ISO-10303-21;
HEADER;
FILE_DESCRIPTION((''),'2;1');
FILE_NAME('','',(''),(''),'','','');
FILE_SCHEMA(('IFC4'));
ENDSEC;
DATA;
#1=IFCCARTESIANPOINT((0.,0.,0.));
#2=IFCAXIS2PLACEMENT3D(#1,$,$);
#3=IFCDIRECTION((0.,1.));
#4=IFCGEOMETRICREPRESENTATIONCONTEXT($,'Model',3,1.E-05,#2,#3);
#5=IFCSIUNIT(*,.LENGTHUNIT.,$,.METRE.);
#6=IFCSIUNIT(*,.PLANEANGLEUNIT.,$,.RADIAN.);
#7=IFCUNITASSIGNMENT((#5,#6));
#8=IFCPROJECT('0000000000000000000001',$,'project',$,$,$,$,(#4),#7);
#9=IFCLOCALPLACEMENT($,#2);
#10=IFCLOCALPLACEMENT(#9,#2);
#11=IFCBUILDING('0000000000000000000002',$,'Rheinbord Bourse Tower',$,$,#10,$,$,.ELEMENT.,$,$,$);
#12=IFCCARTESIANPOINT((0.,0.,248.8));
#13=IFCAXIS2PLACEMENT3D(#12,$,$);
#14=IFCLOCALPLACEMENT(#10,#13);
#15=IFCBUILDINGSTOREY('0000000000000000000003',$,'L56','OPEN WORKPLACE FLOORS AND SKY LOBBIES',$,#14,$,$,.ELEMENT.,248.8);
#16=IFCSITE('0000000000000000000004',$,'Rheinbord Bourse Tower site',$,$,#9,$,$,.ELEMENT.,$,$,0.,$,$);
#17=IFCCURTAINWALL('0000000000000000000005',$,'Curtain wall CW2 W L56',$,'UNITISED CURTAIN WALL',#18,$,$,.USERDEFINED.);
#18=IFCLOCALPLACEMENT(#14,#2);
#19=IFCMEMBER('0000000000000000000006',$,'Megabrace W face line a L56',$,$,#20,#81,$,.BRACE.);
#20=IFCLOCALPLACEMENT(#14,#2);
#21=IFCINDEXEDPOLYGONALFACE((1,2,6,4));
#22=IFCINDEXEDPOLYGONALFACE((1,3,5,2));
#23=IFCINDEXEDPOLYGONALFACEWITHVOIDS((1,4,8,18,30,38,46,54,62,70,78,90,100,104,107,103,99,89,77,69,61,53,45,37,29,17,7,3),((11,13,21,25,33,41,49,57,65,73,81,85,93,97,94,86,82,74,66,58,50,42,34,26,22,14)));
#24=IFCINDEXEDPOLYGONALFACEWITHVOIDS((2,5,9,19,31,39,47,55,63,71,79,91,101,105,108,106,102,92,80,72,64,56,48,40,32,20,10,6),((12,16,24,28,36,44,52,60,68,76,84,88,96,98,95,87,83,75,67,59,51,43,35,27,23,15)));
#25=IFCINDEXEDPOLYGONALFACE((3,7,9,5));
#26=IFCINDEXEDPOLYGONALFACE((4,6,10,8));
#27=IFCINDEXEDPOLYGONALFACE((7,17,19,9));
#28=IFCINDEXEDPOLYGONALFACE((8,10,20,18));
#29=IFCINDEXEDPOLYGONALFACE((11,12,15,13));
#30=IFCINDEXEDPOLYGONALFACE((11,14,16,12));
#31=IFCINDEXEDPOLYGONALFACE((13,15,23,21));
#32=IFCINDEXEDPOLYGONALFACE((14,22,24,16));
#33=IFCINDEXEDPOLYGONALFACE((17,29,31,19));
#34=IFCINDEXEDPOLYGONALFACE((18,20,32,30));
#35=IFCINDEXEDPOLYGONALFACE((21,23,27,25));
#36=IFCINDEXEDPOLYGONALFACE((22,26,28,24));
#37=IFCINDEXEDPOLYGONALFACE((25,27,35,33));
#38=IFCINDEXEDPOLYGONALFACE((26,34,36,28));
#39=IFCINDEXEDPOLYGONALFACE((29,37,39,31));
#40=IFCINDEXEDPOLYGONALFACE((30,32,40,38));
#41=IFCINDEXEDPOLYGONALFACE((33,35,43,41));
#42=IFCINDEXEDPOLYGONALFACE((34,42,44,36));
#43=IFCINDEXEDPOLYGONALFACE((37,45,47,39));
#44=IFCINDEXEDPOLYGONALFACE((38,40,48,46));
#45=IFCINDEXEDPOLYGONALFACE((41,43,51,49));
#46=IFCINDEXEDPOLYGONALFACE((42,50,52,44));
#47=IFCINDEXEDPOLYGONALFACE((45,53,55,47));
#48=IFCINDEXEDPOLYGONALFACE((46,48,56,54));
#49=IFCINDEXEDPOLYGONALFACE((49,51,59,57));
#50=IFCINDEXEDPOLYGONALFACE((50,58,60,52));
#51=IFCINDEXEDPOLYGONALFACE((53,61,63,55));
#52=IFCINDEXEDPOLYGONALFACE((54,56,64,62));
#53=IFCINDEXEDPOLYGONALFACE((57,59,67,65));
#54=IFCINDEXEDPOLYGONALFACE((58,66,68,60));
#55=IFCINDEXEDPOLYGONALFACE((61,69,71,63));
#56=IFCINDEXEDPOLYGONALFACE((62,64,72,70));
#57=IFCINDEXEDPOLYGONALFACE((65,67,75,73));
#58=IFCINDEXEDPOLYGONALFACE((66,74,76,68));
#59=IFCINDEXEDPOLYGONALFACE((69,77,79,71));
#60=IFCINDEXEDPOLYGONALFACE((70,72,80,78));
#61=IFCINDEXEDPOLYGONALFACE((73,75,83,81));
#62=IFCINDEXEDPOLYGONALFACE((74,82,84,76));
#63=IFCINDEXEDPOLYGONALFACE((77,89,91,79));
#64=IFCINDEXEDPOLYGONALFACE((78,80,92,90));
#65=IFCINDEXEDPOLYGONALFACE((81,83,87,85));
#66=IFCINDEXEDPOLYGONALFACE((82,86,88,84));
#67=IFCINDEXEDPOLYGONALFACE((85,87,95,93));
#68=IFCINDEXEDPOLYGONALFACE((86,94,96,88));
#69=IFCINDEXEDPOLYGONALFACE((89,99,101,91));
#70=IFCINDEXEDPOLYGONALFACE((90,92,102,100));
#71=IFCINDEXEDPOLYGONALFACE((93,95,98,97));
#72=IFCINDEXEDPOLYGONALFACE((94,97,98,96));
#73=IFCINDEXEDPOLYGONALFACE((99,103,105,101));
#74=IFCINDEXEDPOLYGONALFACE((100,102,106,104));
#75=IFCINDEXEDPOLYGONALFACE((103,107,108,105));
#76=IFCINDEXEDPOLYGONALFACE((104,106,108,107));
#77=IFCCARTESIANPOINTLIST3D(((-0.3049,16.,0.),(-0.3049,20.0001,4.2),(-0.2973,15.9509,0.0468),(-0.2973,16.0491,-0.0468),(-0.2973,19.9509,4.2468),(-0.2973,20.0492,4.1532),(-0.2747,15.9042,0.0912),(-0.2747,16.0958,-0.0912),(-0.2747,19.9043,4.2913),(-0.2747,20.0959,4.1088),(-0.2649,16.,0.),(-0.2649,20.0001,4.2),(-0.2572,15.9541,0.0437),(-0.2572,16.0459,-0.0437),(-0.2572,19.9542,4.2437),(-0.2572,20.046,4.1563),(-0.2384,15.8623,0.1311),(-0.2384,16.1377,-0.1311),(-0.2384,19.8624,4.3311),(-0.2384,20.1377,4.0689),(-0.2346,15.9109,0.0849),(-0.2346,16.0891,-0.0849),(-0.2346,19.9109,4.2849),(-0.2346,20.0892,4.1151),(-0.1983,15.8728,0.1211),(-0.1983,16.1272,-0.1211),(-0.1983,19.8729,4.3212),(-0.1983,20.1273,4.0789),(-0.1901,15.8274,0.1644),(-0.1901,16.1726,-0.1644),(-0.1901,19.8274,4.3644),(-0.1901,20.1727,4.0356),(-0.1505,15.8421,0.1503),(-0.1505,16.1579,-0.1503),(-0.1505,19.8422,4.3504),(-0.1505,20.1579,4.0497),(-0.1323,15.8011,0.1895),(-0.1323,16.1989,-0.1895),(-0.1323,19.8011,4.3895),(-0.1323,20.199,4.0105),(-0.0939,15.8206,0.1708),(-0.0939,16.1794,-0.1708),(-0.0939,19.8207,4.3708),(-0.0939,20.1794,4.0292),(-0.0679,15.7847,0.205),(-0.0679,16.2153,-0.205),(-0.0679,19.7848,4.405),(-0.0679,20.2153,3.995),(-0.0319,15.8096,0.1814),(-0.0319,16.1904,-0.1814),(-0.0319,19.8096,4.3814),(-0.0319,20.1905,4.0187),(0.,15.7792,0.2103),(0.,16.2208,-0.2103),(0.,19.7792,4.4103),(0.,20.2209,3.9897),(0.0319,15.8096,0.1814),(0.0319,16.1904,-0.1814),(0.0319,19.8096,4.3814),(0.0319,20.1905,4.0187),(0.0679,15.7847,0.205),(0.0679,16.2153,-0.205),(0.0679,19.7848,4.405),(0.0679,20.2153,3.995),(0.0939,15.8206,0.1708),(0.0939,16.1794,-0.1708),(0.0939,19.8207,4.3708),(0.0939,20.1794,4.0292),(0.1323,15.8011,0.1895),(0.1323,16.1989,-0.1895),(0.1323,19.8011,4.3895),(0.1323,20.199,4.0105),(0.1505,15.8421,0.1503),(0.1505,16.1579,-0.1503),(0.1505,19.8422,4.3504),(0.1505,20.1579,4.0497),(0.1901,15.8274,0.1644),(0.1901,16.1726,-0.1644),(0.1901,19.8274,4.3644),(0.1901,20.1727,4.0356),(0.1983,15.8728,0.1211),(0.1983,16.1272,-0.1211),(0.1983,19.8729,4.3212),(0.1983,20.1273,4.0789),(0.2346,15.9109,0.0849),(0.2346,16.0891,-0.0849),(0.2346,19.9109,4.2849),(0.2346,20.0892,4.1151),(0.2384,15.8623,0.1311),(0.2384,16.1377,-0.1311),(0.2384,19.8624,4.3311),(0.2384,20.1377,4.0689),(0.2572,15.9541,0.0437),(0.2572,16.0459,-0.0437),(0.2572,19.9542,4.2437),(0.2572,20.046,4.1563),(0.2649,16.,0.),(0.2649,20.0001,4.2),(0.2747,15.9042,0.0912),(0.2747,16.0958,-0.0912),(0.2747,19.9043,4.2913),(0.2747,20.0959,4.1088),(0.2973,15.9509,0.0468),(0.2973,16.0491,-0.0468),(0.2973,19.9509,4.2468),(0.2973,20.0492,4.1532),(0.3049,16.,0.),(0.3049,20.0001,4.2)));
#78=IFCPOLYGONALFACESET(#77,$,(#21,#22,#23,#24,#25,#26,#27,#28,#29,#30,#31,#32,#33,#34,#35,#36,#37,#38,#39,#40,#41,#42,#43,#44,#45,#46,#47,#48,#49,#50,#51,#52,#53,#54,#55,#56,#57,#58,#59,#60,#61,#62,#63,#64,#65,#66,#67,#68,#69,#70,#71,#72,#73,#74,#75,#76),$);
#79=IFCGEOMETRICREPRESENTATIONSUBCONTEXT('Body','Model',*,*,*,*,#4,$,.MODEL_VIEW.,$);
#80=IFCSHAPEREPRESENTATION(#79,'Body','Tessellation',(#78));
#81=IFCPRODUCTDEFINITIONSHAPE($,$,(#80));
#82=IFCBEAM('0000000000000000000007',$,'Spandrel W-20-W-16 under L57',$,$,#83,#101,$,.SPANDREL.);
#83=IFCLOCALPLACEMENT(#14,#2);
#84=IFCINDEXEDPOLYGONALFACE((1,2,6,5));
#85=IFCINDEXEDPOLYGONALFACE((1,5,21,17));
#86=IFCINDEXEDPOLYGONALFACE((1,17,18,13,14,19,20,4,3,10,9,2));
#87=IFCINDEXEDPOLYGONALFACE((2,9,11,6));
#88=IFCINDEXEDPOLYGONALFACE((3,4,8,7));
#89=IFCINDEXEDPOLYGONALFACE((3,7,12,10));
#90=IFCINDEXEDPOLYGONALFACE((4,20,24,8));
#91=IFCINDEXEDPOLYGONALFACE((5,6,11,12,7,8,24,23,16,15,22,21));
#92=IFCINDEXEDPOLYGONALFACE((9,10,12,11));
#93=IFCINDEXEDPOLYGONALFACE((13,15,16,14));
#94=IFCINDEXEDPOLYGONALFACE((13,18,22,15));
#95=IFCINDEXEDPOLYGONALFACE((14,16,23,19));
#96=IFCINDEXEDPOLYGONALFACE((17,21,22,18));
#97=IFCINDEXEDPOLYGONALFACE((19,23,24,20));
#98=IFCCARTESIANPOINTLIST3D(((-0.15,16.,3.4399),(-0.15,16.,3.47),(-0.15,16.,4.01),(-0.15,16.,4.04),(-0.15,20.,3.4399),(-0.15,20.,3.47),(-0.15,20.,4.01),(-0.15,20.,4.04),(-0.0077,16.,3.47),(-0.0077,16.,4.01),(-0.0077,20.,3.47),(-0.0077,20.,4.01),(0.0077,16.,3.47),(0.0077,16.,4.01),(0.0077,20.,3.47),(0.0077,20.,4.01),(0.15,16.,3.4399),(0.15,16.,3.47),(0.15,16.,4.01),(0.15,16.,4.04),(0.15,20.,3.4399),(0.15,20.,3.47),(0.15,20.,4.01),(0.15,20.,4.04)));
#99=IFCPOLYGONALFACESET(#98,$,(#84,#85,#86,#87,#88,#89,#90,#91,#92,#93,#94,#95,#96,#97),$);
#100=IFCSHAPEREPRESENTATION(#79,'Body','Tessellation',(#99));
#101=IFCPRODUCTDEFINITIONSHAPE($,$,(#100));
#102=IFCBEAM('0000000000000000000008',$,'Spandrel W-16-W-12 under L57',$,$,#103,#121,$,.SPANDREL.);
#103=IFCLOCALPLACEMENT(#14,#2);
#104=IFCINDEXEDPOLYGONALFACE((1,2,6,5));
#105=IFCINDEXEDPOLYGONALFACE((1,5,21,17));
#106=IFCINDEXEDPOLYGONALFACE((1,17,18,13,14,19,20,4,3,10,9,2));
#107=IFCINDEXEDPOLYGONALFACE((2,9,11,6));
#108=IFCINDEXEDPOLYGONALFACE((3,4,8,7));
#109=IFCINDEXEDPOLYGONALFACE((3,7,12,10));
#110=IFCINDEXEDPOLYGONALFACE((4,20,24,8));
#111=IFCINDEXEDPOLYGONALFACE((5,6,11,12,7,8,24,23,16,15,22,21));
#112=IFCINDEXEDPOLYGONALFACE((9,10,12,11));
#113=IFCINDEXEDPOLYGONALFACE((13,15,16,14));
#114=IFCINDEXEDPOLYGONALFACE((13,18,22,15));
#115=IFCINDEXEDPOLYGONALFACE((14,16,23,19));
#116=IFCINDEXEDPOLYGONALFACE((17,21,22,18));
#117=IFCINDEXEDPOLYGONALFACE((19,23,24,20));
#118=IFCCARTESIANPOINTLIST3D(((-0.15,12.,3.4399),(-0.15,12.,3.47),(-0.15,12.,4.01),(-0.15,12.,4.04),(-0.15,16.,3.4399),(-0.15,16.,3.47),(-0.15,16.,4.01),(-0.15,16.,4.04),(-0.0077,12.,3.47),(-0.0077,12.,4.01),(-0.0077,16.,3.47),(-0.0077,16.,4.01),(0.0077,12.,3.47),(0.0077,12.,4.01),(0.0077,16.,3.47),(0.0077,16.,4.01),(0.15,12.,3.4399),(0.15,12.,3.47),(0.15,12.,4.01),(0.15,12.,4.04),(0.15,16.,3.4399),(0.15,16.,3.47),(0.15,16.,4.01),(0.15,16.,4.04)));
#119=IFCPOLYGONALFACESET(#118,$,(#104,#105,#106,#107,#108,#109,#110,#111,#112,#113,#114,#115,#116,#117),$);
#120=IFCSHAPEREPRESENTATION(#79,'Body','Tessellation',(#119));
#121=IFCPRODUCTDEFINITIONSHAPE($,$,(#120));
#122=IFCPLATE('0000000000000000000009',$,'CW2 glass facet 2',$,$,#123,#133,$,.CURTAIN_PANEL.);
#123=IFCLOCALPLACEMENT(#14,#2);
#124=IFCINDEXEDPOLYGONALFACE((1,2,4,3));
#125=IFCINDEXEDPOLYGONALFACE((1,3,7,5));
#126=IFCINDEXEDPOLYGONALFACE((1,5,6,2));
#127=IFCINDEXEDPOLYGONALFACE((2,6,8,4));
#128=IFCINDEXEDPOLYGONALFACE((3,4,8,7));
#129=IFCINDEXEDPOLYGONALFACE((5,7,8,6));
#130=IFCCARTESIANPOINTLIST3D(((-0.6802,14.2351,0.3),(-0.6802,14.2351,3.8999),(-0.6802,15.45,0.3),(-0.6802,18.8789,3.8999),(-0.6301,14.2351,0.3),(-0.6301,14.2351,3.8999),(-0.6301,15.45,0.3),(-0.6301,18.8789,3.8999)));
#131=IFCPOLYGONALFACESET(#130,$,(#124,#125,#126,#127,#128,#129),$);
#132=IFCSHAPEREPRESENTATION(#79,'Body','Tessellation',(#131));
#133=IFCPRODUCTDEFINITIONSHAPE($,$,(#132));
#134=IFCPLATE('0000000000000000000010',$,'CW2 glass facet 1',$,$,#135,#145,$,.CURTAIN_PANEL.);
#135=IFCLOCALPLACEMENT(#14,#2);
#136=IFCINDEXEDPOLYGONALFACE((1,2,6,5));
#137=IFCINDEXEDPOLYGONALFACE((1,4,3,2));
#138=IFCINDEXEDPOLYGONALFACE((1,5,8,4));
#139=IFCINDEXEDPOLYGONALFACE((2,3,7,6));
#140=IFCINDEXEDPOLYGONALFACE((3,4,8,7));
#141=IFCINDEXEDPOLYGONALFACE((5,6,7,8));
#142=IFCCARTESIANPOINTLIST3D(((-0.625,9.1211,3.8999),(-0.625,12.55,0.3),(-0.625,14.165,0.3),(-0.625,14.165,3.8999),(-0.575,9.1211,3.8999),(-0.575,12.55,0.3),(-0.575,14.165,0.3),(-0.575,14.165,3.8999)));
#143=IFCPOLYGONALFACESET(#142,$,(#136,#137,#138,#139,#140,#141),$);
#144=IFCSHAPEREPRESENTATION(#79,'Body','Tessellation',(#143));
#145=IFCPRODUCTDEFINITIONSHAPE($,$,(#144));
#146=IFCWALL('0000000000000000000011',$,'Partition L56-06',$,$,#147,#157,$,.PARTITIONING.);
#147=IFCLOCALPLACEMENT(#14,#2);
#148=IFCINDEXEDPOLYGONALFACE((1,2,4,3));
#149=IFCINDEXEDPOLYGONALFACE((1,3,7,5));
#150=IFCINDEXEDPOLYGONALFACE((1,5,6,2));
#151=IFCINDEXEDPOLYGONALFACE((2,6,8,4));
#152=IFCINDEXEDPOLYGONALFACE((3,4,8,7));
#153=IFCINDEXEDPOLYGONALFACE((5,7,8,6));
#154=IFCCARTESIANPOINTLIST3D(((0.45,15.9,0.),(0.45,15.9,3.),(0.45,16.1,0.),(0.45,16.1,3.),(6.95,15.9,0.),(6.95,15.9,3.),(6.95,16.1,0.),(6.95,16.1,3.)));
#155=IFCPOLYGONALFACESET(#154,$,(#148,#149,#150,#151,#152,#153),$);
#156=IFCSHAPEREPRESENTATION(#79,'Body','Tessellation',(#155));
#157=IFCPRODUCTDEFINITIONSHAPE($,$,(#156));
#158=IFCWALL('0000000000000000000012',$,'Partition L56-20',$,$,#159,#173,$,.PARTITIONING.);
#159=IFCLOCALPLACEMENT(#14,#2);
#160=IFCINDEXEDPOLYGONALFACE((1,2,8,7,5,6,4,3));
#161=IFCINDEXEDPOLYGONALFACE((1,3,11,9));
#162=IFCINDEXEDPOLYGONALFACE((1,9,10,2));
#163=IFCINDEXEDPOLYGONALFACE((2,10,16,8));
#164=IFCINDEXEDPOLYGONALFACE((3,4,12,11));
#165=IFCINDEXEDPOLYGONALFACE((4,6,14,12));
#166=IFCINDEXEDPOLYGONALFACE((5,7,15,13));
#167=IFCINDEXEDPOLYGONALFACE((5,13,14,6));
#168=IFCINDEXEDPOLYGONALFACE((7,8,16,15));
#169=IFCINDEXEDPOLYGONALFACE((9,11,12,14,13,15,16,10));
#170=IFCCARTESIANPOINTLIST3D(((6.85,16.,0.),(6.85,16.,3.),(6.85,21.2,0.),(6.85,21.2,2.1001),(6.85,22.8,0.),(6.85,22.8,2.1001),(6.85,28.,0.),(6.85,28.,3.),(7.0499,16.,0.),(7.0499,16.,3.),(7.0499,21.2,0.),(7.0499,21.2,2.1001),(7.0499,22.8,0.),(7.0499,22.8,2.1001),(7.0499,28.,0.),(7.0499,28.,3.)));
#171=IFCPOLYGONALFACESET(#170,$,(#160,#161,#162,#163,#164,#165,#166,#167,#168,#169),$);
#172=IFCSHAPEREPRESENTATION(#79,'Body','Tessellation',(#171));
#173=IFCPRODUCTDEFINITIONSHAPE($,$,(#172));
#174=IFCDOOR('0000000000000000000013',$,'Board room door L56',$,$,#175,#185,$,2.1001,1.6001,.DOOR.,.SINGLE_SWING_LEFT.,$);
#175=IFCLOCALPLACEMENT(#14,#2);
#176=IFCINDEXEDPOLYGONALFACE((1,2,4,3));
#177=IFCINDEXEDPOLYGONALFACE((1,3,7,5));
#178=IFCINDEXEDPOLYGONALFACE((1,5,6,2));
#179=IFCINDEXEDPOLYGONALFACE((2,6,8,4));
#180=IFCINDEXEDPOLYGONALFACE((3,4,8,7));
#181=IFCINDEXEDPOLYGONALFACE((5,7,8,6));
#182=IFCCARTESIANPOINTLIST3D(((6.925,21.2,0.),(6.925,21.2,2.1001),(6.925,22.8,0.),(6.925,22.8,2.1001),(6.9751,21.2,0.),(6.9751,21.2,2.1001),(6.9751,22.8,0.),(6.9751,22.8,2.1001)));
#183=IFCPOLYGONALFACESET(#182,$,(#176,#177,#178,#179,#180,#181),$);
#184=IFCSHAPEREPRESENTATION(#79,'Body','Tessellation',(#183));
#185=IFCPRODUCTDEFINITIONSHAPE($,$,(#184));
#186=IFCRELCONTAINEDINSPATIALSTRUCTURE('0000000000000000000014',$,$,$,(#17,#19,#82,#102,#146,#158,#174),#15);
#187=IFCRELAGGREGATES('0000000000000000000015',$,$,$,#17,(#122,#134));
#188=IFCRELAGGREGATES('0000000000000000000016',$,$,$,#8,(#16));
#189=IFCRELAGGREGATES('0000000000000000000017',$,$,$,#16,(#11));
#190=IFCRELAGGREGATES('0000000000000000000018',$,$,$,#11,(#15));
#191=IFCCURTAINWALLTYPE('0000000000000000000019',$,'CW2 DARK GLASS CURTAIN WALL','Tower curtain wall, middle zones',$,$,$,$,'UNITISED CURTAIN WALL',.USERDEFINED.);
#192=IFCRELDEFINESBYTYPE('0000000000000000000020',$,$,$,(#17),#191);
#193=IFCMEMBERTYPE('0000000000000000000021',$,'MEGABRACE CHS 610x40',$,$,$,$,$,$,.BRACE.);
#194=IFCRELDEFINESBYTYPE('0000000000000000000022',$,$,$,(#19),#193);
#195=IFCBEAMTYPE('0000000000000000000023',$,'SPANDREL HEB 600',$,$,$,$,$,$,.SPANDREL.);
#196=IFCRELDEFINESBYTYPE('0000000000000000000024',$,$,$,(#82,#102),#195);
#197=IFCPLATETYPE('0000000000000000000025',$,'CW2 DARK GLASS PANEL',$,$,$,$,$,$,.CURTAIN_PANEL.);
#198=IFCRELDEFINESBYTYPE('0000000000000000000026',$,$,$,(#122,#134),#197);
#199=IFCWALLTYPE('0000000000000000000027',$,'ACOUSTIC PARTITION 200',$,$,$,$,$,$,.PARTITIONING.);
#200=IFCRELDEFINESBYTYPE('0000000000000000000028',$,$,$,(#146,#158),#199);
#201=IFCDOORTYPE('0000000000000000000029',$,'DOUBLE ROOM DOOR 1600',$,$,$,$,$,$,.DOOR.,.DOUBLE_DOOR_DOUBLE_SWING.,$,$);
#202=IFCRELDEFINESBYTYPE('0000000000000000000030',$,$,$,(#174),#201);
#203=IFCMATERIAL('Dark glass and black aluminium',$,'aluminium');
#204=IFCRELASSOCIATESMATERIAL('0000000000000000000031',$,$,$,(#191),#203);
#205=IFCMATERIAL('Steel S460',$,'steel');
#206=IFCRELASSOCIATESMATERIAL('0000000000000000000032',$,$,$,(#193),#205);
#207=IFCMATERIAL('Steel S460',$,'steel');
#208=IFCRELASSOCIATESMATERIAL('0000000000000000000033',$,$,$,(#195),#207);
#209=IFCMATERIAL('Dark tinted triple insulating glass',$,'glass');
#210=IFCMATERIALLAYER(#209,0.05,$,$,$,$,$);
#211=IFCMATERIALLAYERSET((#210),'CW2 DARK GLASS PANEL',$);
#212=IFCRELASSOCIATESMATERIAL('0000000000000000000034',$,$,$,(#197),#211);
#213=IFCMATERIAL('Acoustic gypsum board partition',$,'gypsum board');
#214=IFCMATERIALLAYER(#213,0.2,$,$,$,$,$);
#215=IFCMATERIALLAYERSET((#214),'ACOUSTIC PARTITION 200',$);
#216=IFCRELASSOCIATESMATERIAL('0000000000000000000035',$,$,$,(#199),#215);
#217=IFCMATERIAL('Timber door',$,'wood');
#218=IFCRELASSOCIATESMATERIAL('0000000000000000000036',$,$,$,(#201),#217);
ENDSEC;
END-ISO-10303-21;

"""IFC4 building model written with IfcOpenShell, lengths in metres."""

from ifc_helpers import new_model, si_unit, direction, frame, frame_2d, origin, origin_2d, place, context, subcontext, project, spatial, polyline, rectangle, hollow_circle, i_section, outline, extrude, material, layer, layer_set, material_profile, profile_set, type_object, element, fill, aggregate, save


model = new_model("IFC4")

# Units and contexts
model_context = context("Model", 3, precision=1e-05, world=origin(), true_north=direction((0.0, 1.0)))
body_context = subcontext(model_context, "Body", "Model", "MODEL_VIEW")
ifc_project = project(units=[si_unit("LENGTHUNIT", "METRE"), si_unit("PLANEANGLEUNIT", "RADIAN")], contexts=[model_context])

# Site, building, storey
site_placement = place(None, origin())
site = spatial("IfcSite", under=ifc_project, at=site_placement, Name="Rheinbord Bourse Tower site", CompositionType="ELEMENT", RefElevation=0.0)
building_placement = place(site_placement, origin())
building = spatial("IfcBuilding", under=site, at=building_placement, Name="Rheinbord Bourse Tower", CompositionType="ELEMENT")
storey_placement = place(building_placement, frame((0.0, 0.0, 248.8)))
storey = spatial("IfcBuildingStorey", under=building, at=storey_placement, Name="L56", Description="OPEN WORKPLACE FLOORS AND SKY LOBBIES", CompositionType="ELEMENT", Elevation=248.8)

# Curtain wall
ifc_material_1 = material(Name="Dark glass and black aluminium", Category="aluminium")
curtain_wall_type = type_object("IfcCurtainWallType", Name="CW2 DARK GLASS CURTAIN WALL", Description="Tower curtain wall, middle zones", ElementType="UNITISED CURTAIN WALL", PredefinedType="USERDEFINED", material=ifc_material_1)
curtain_wall_placement = place(storey_placement, origin())
curtain_wall = element("IfcCurtainWall", 1, at=curtain_wall_placement, inside=storey, type_object=curtain_wall_type, Name="Curtain wall CW2 W L56", ObjectType="UNITISED CURTAIN WALL", PredefinedType="USERDEFINED")

# Member
ifc_material_2 = material(Name="Steel S460", Category="steel")
ifc_material_profile_1 = material_profile(ifc_material_2, hollow_circle(Radius=0.3049, WallThickness=0.04, at=origin_2d()), Name="CHS 610x40")
ifc_profile_set_1 = profile_set([ifc_material_profile_1], Name="Steel S460")
member_type_1 = type_object("IfcMemberType", Name="MEGABRACE CHS 610x40", PredefinedType="BRACE", material=ifc_profile_set_1)
member_1_placement = place(storey_placement, frame((0.0, 16.0, 0.0), z_axis=(0.0, 0.689659, 0.724134), x_axis=(-1.0, 0.0, 0.0)))
element("IfcMember", 2, at=member_1_placement, inside=storey, type_object=member_type_1, Name="Megabrace W face line a L56", PredefinedType="BRACE", context=body_context, shape_type="SweptSolid", body=[
    extrude(hollow_circle(Radius=0.3049, WallThickness=0.04, at=origin_2d()), origin(), (0.0, 0.0, 1.0), 5.8),
])

# Beams
ifc_material_3 = material(Name="Steel S460", Category="steel")
ifc_material_profile_2 = material_profile(ifc_material_3, i_section(OverallWidth=0.3, OverallDepth=0.6001, WebThickness=0.0154, FlangeThickness=0.03, at=origin_2d()), Name="HEB 600")
ifc_profile_set_2 = profile_set([ifc_material_profile_2], Name="Steel S460")
beam_type_1 = type_object("IfcBeamType", Name="SPANDREL HEB 600", PredefinedType="SPANDREL", material=ifc_profile_set_2)
for number, where, z_axis, x_axis, name in (
    (3, (0.0, 20.0, 3.74), (0.0, -1.0, 0.0), (1.0, 0.0, 0.0), "Spandrel W-20-W-16 under L57"),
    (4, (0.0, 16.0, 3.74), (0.0, -1.0, 0.0), (1.0, 0.0, 0.0), "Spandrel W-16-W-12 under L57"),
):
    element("IfcBeam", number, at=place(storey_placement, frame(where, z_axis=z_axis, x_axis=x_axis)), inside=storey, type_object=beam_type_1, Name=name, PredefinedType="SPANDREL", context=body_context, shape_type="SweptSolid", body=[
        extrude(i_section(OverallWidth=0.3, OverallDepth=0.6001, WebThickness=0.0154, FlangeThickness=0.03, at=origin_2d()), origin(), (0.0, 0.0, 1.0), 4.0),
    ])

# Plates
ifc_material_4 = material(Name="Dark tinted triple insulating glass", Category="glass")
ifc_layer_1 = layer(ifc_material_4, 0.05)
ifc_layer_set_1 = layer_set([ifc_layer_1], Name="CW2 DARK GLASS PANEL")
plate_type = type_object("IfcPlateType", Name="CW2 DARK GLASS PANEL", PredefinedType="CURTAIN_PANEL", material=ifc_layer_set_1)
plate_1_placement = place(storey_placement, frame((-0.6802, 14.2351, 3.8999), z_axis=(1.0, 0.0, 0.0), x_axis=(0.0, 0.0, -1.0)))
plate_1 = element("IfcPlate", 5, at=plate_1_placement, type_object=plate_type, Name="CW2 glass facet 2", PredefinedType="CURTAIN_PANEL", context=body_context, shape_type="SweptSolid", body=[
    extrude(outline(polyline([(0.0, 0.0), (3.5999, 0.0), (3.5999, 1.2148), (0.0, 4.6438), (0.0, 0.0)])), origin(), (0.0, 0.0, 1.0), 0.05),
])
plate_2_placement = place(storey_placement, frame((-0.625, 14.165, 0.3), z_axis=(1.0, 0.0, 0.0), x_axis=(0.0, 0.0, 1.0)))
plate_2 = element("IfcPlate", 6, at=plate_2_placement, type_object=plate_type, Name="CW2 glass facet 1", PredefinedType="CURTAIN_PANEL", context=body_context, shape_type="SweptSolid", body=[
    extrude(outline(polyline([(0.0, 0.0), (3.5999, 0.0), (3.5999, 5.0439), (0.0, 1.615), (0.0, 0.0)])), origin(), (0.0, 0.0, 1.0), 0.05),
])
aggregate(curtain_wall, [plate_1, plate_2])

# Wall
ifc_material_5 = material(Name="Acoustic gypsum board partition", Category="gypsum board")
ifc_layer_2 = layer(ifc_material_5, 0.2)
ifc_layer_set_2 = layer_set([ifc_layer_2], Name="ACOUSTIC PARTITION 200")
wall_type = type_object("IfcWallType", Name="ACOUSTIC PARTITION 200", PredefinedType="PARTITIONING", material=ifc_layer_set_2)
wall_1_placement = place(storey_placement, frame((0.45, 16.0, 0.0), z_axis=(0.0, 0.0, 1.0), x_axis=(1.0, 0.0, 0.0)))
element("IfcWall", 7, at=wall_1_placement, inside=storey, type_object=wall_type, Name="Partition L56-06", PredefinedType="PARTITIONING", context=body_context, shape_type="SweptSolid", body=[
    extrude(rectangle(XDim=6.5, YDim=0.2, at=frame_2d((3.25, 0.0))), origin(), (0.0, 0.0, 1.0), 3.0),
])

# Wall, opening, door
wall_2_placement = place(storey_placement, frame((6.95, 16.0, 0.0), z_axis=(0.0, 0.0, 1.0), x_axis=(0.0, 1.0, 0.0)))
wall_2 = element("IfcWall", 8, at=wall_2_placement, inside=storey, type_object=wall_type, Name="Partition L56-20", PredefinedType="PARTITIONING", context=body_context, shape_type="SweptSolid", body=[
    extrude(rectangle(XDim=12.0, YDim=0.2, at=frame_2d((6.0, 0.0))), origin(), (0.0, 0.0, 1.0), 3.0),
])
opening_placement = place(wall_2_placement, frame((5.2, 0.0, 0.0)))
opening = element("IfcOpeningElement", 9, at=opening_placement, cuts=wall_2, PredefinedType="OPENING", context=body_context, shape_type="SweptSolid", body=[
    extrude(rectangle(XDim=1.6001, YDim=2.1001, at=frame_2d((0.8, 1.05))), frame((0.0, 0.1099, 0.0), z_axis=(0.0, -1.0, 0.0), x_axis=(1.0, 0.0, 0.0)), (0.0, 0.0, 1.0), 0.22),
])
ifc_material_6 = material(Name="Timber door", Category="wood")
door_type = type_object("IfcDoorType", Name="DOUBLE ROOM DOOR 1600", OperationType="DOUBLE_DOOR_DOUBLE_SWING", PredefinedType="DOOR", material=ifc_material_6)
door_placement = place(opening_placement, origin())
door = element("IfcDoor", 10, at=door_placement, inside=storey, type_object=door_type, Name="Board room door L56", OperationType="SINGLE_SWING_LEFT", OverallHeight=2.1001, OverallWidth=1.6001, PredefinedType="DOOR", context=body_context, shape_type="SweptSolid", body=[
    extrude(rectangle(XDim=1.6001, YDim=2.1001, at=frame_2d((0.8, 1.05))), frame((0.0, 0.0249, 0.0), z_axis=(0.0, -1.0, 0.0), x_axis=(1.0, 0.0, 0.0)), (0.0, 0.0, 1.0), 0.05),
])
fill(opening, door)

save(model, "model.ifc")
